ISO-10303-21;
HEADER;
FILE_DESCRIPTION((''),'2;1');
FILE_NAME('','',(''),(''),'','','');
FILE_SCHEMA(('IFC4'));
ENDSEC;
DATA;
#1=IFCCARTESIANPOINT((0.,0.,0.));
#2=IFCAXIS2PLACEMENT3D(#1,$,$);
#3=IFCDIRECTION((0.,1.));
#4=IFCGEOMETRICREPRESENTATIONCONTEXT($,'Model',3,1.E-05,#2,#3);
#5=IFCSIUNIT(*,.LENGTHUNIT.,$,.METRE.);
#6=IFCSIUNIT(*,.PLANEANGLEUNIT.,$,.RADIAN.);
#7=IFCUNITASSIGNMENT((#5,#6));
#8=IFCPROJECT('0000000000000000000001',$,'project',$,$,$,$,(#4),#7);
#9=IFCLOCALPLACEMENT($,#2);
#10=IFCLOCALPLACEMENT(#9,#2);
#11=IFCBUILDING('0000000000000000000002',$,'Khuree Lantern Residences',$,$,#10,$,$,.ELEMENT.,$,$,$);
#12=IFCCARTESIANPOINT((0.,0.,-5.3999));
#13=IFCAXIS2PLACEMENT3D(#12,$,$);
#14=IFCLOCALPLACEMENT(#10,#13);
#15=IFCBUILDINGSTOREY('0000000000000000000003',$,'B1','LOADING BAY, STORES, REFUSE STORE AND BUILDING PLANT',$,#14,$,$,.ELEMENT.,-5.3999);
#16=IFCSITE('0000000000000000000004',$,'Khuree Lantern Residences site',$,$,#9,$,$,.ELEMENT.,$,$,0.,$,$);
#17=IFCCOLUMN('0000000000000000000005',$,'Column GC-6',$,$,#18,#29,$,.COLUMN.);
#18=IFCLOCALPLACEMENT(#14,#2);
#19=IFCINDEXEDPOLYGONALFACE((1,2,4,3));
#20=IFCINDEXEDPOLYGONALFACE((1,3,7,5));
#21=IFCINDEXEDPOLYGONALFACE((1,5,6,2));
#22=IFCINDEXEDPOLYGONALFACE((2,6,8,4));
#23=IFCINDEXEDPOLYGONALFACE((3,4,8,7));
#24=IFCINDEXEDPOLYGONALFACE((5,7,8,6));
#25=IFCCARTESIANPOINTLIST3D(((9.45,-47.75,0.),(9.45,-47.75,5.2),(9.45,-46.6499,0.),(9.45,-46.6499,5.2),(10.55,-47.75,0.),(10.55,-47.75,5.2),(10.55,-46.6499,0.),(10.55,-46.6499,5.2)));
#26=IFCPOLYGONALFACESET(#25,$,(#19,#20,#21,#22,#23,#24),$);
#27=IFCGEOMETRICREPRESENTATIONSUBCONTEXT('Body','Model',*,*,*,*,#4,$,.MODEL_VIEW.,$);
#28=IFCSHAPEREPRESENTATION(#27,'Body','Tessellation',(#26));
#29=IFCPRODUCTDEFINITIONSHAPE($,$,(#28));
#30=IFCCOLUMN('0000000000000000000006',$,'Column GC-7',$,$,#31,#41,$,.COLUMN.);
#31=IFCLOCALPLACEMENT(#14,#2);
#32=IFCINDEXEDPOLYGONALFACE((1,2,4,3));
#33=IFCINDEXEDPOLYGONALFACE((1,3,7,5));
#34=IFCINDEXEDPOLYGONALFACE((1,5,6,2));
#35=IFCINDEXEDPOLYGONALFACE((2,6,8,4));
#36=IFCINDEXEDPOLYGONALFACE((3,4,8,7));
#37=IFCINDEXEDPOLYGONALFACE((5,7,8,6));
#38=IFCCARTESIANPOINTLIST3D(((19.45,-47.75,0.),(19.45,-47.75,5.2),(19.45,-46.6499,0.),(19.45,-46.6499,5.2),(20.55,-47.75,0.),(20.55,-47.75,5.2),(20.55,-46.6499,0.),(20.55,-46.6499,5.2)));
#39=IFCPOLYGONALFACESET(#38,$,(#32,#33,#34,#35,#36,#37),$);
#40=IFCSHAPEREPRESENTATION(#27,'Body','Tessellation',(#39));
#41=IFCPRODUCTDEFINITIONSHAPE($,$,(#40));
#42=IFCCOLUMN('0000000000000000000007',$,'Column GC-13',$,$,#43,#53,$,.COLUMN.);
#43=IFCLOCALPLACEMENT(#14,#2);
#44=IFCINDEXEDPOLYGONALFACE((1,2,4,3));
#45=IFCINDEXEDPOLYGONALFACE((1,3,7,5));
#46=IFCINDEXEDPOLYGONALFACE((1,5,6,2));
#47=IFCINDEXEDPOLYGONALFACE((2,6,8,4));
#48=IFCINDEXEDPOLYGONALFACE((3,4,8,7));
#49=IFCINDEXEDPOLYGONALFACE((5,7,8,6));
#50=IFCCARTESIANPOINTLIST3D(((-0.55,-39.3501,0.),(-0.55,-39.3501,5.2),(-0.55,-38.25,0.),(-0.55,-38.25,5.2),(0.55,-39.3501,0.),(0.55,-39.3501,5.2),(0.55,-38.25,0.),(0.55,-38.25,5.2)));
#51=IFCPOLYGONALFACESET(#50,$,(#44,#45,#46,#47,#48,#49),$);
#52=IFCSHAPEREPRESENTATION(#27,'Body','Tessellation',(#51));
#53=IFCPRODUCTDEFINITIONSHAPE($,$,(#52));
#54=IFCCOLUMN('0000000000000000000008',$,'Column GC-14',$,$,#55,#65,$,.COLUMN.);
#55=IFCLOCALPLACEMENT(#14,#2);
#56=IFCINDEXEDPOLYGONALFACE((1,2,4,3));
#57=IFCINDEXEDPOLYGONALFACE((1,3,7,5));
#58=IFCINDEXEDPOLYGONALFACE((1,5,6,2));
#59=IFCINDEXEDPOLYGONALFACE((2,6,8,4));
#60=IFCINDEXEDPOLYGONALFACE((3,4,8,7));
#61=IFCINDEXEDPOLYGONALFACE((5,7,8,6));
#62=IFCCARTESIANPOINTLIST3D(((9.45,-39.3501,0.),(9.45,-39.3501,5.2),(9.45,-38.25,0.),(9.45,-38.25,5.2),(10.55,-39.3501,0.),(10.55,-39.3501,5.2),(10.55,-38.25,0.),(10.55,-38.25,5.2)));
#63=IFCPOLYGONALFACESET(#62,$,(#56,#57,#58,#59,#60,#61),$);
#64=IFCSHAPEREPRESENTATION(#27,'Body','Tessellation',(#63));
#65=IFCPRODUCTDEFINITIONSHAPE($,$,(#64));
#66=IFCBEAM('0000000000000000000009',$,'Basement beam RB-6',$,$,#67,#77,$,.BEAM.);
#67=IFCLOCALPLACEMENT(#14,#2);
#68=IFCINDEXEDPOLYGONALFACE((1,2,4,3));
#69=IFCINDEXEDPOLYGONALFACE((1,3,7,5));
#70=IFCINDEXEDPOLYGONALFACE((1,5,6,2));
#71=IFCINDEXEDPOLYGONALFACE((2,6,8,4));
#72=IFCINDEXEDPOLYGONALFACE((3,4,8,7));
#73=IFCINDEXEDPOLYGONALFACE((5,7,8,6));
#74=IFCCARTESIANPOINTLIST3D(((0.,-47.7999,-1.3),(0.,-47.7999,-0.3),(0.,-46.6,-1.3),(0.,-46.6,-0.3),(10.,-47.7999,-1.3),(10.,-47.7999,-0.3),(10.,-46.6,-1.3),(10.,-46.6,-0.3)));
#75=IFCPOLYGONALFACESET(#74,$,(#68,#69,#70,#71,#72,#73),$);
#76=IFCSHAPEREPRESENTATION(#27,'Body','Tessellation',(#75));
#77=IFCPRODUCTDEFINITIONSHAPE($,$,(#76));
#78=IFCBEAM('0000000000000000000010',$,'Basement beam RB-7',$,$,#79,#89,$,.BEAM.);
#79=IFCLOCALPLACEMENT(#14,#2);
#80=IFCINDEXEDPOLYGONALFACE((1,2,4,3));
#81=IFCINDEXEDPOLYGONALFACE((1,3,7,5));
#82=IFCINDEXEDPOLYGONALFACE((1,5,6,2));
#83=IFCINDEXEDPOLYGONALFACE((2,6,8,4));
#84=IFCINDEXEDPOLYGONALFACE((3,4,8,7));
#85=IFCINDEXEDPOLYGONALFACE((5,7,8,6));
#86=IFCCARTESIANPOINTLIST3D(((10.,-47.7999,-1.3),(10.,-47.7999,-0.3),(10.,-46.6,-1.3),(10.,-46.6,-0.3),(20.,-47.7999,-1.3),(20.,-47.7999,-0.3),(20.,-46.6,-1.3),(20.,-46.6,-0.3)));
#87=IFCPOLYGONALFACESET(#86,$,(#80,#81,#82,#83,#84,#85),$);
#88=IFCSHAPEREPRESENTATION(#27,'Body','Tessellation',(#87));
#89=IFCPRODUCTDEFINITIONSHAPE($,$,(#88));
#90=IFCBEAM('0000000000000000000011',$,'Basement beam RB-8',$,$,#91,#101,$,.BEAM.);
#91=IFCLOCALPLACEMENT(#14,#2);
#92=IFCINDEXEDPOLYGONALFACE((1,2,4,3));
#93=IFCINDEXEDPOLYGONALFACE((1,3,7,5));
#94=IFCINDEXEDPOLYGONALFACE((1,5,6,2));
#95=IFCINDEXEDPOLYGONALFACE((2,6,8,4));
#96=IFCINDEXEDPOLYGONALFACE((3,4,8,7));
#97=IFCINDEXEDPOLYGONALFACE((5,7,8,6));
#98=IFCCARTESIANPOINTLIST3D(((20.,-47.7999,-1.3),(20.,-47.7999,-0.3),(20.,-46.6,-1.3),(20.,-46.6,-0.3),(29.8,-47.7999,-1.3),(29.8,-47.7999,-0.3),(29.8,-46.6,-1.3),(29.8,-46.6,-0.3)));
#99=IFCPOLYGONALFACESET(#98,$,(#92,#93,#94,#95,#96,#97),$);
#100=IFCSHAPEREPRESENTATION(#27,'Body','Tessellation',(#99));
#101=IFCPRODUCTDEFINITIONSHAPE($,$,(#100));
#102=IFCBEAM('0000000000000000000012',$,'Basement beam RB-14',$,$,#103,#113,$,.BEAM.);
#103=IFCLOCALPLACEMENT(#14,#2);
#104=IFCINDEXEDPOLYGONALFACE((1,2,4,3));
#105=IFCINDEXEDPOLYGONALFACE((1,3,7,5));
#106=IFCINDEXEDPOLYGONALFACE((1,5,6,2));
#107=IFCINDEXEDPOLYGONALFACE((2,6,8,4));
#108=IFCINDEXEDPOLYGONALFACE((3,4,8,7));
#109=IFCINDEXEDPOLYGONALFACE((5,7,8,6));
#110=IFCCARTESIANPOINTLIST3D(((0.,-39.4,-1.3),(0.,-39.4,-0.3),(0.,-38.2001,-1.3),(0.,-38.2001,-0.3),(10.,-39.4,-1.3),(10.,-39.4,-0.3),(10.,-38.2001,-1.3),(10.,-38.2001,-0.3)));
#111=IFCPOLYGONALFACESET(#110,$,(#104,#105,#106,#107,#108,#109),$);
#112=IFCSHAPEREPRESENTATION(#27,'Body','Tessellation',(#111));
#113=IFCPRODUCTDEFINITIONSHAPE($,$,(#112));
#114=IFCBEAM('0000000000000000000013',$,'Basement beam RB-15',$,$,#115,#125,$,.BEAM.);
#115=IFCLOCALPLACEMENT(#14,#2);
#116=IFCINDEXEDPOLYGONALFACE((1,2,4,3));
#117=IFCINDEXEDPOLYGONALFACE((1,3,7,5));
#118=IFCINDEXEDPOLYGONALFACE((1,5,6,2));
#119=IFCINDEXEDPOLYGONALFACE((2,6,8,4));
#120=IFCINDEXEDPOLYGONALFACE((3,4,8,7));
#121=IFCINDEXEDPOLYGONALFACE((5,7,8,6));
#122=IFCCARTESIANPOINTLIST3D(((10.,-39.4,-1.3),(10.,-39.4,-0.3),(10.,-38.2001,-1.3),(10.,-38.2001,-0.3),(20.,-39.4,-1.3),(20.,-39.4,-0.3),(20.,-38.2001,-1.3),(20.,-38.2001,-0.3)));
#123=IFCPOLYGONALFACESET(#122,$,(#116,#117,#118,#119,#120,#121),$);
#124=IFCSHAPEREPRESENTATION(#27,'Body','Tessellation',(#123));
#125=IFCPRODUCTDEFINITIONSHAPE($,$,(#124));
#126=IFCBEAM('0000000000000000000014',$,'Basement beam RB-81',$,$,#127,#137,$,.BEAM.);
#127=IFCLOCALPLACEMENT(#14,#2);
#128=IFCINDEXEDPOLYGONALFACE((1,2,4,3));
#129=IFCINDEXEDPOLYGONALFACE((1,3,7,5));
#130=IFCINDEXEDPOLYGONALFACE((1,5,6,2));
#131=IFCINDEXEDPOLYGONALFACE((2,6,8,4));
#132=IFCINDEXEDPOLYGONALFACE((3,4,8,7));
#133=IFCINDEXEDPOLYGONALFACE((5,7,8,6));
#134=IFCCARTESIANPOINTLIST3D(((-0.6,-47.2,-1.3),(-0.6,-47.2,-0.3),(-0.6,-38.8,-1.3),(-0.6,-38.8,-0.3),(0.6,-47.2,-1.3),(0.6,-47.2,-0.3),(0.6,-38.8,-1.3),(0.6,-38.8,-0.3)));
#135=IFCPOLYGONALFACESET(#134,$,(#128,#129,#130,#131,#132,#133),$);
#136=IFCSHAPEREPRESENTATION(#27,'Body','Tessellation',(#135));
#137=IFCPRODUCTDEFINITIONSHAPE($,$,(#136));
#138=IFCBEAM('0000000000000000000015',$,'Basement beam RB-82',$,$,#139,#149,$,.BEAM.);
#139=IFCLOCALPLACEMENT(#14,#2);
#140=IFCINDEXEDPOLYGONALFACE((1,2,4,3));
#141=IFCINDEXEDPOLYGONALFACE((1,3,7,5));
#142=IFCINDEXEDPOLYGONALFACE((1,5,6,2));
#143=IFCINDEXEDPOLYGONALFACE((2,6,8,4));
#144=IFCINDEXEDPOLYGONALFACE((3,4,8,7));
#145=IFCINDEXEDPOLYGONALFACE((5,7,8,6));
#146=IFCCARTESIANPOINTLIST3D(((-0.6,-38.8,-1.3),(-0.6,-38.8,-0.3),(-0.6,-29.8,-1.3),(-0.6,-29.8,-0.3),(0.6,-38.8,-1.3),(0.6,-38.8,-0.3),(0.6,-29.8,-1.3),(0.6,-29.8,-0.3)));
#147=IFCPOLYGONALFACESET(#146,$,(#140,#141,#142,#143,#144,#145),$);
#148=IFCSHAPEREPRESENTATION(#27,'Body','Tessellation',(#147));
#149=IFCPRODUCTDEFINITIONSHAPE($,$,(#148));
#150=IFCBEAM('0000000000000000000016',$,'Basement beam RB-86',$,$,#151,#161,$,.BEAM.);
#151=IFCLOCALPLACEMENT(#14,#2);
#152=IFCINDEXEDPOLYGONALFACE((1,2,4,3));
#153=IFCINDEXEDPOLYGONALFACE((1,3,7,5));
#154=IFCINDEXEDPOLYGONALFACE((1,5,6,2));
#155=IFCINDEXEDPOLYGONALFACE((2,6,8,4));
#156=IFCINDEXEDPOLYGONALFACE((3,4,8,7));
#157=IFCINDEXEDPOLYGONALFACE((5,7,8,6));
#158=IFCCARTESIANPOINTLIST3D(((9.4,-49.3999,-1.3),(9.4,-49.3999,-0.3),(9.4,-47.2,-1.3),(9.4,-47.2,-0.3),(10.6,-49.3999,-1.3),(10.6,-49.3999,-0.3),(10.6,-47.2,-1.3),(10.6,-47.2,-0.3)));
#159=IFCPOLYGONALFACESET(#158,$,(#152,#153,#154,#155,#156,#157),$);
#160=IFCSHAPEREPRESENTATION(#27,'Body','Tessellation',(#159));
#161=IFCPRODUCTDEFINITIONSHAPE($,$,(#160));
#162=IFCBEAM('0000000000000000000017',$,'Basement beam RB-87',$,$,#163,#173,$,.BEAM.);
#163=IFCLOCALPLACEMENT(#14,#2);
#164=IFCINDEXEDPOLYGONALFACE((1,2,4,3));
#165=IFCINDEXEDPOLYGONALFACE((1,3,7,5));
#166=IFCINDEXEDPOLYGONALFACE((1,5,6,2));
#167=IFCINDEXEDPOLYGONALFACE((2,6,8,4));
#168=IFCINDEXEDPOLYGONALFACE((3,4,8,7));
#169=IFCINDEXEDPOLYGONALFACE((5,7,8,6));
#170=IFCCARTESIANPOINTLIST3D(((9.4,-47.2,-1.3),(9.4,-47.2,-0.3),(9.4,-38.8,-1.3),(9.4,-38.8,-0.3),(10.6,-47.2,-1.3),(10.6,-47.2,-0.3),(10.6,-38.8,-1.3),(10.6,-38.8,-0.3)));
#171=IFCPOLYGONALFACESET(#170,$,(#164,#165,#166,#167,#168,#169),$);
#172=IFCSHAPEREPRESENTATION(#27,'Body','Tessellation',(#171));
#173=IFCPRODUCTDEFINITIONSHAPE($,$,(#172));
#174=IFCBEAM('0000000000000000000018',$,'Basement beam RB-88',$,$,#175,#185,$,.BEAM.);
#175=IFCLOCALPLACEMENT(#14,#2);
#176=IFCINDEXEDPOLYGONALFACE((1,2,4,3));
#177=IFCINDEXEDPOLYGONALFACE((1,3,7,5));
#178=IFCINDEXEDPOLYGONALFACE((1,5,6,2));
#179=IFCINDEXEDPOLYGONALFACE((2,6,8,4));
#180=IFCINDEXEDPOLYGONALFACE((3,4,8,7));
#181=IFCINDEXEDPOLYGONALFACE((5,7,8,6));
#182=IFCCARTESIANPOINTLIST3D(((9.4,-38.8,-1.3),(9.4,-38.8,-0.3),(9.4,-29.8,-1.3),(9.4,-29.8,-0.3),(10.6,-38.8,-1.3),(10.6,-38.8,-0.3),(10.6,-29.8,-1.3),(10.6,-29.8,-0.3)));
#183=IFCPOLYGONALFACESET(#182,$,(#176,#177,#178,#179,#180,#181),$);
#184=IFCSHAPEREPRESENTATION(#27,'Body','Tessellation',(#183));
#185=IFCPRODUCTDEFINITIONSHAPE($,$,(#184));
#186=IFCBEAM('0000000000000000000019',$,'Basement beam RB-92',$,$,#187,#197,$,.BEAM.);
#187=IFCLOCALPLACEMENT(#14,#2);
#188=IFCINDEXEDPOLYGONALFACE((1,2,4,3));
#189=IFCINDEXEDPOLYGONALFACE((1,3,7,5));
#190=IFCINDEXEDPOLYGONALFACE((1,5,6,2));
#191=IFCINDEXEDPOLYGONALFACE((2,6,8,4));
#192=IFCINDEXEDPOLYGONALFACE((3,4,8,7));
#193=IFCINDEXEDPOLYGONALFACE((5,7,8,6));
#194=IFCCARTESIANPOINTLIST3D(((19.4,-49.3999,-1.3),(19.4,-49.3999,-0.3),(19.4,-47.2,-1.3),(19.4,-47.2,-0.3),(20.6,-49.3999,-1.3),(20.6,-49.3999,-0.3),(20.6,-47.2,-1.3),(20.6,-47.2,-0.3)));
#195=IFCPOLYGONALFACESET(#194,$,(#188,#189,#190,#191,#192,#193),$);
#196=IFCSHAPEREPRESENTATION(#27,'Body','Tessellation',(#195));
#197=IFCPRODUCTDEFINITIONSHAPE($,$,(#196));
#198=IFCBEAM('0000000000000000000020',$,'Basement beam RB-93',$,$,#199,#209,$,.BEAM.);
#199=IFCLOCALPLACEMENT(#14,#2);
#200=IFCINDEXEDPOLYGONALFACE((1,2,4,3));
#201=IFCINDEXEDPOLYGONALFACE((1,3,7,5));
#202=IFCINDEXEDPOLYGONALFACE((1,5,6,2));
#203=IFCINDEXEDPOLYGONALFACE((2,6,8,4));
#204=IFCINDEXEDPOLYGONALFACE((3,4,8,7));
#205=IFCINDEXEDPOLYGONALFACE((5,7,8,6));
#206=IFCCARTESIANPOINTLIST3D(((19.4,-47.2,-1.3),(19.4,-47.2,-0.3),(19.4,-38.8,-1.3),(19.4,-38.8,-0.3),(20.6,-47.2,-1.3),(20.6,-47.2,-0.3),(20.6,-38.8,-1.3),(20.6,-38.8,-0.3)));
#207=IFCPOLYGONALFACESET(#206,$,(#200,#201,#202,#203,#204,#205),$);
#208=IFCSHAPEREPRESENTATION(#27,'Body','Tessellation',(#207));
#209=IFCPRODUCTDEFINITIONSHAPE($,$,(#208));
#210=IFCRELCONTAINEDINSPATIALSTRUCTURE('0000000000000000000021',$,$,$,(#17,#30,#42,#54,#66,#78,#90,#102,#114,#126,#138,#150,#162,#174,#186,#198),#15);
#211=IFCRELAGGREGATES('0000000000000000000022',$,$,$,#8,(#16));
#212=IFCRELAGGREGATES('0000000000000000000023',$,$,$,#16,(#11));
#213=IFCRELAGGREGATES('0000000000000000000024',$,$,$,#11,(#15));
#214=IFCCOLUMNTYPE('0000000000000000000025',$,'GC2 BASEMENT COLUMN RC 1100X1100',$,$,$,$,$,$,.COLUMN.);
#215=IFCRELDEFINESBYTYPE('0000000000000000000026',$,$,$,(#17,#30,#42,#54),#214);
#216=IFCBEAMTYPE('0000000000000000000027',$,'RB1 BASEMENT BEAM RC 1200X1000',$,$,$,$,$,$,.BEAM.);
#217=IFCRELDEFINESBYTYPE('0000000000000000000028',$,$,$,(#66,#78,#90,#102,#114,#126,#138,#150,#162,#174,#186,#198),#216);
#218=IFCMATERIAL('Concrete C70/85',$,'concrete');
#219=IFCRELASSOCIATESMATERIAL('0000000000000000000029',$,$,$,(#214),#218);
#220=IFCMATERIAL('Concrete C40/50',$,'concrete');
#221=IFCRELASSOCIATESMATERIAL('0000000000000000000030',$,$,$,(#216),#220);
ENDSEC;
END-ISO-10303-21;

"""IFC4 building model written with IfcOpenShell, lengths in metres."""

from ifc_helpers import new_model, si_unit, direction, frame, origin, origin_2d, place, context, subcontext, project, spatial, rectangle, extrude, material, material_profile, profile_set, type_object, element, save


model = new_model("IFC4")

# Units and contexts
model_context = context("Model", 3, precision=1e-05, world=origin(), true_north=direction((0.0, 1.0)))
body_context = subcontext(model_context, "Body", "Model", "MODEL_VIEW")
ifc_project = project(units=[si_unit("LENGTHUNIT", "METRE"), si_unit("PLANEANGLEUNIT", "RADIAN")], contexts=[model_context])

# Site, building, storey
site_placement = place(None, origin())
site = spatial("IfcSite", under=ifc_project, at=site_placement, Name="Khuree Lantern Residences site", CompositionType="ELEMENT", RefElevation=0.0)
building_placement = place(site_placement, origin())
building = spatial("IfcBuilding", under=site, at=building_placement, Name="Khuree Lantern Residences", CompositionType="ELEMENT")
storey_placement = place(building_placement, frame((0.0, 0.0, -5.3999)))
storey = spatial("IfcBuildingStorey", under=building, at=storey_placement, Name="B1", Description="LOADING BAY, STORES, REFUSE STORE AND BUILDING PLANT", CompositionType="ELEMENT", Elevation=-5.3999)

# Columns
ifc_material_1 = material(Name="Concrete C70/85", Category="concrete")
ifc_material_profile_1 = material_profile(ifc_material_1, rectangle(XDim=1.1001, YDim=1.1001, at=origin_2d()), Name="RC 1100X1100")
ifc_profile_set_1 = profile_set([ifc_material_profile_1], Name="Concrete C70/85")
column_type = type_object("IfcColumnType", Name="GC2 BASEMENT COLUMN RC 1100X1100", PredefinedType="COLUMN", material=ifc_profile_set_1)
for number, where, z_axis, x_axis, name in (
    (1, (10.0, -47.2, 0.0), (0.0, 0.0, 1.0), (1.0, 0.0, 0.0), "Column GC-6"),
    (2, (20.0, -47.2, 0.0), (0.0, 0.0, 1.0), (1.0, 0.0, 0.0), "Column GC-7"),
    (3, (0.0, -38.8, 0.0), (0.0, 0.0, 1.0), (1.0, 0.0, 0.0), "Column GC-13"),
    (4, (10.0, -38.8, 0.0), (0.0, 0.0, 1.0), (1.0, 0.0, 0.0), "Column GC-14"),
):
    element("IfcColumn", number, at=place(storey_placement, frame(where, z_axis=z_axis, x_axis=x_axis)), inside=storey, type_object=column_type, Name=name, PredefinedType="COLUMN", context=body_context, shape_type="SweptSolid", body=[
        extrude(rectangle(XDim=1.1001, YDim=1.1001, at=origin_2d()), origin(), (0.0, 0.0, 1.0), 5.2),
    ])

# Beams
ifc_material_2 = material(Name="Concrete C40/50", Category="concrete")
ifc_material_profile_2 = material_profile(ifc_material_2, rectangle(XDim=1.2, YDim=1.0, at=origin_2d()), Name="RC 1200X1000")
ifc_profile_set_2 = profile_set([ifc_material_profile_2], Name="Concrete C40/50")
beam_type_1 = type_object("IfcBeamType", Name="RB1 BASEMENT BEAM RC 1200X1000", PredefinedType="BEAM", material=ifc_profile_set_2)
for number, where, z_axis, x_axis, name in (
    (5, (0.0, -47.2, -0.8), (1.0, 0.0, 0.0), (0.0, 1.0, 0.0), "Basement beam RB-6"),
    (6, (10.0, -47.2, -0.8), (1.0, 0.0, 0.0), (0.0, 1.0, 0.0), "Basement beam RB-7"),
):
    element("IfcBeam", number, at=place(storey_placement, frame(where, z_axis=z_axis, x_axis=x_axis)), inside=storey, type_object=beam_type_1, Name=name, PredefinedType="BEAM", context=body_context, shape_type="SweptSolid", body=[
        extrude(rectangle(XDim=1.2, YDim=1.0, at=origin_2d()), origin(), (0.0, 0.0, 1.0), 10.0),
    ])
beam_1_placement = place(storey_placement, frame((20.0, -47.2, -0.8), z_axis=(1.0, 0.0, 0.0), x_axis=(0.0, 1.0, 0.0)))
element("IfcBeam", 7, at=beam_1_placement, inside=storey, type_object=beam_type_1, Name="Basement beam RB-8", PredefinedType="BEAM", context=body_context, shape_type="SweptSolid", body=[
    extrude(rectangle(XDim=1.2, YDim=1.0, at=origin_2d()), origin(), (0.0, 0.0, 1.0), 9.8),
])
for number, where, z_axis, x_axis, name in (
    (8, (0.0, -38.8, -0.8), (1.0, 0.0, 0.0), (0.0, 1.0, 0.0), "Basement beam RB-14"),
    (9, (10.0, -38.8, -0.8), (1.0, 0.0, 0.0), (0.0, 1.0, 0.0), "Basement beam RB-15"),
):
    element("IfcBeam", number, at=place(storey_placement, frame(where, z_axis=z_axis, x_axis=x_axis)), inside=storey, type_object=beam_type_1, Name=name, PredefinedType="BEAM", context=body_context, shape_type="SweptSolid", body=[
        extrude(rectangle(XDim=1.2, YDim=1.0, at=origin_2d()), origin(), (0.0, 0.0, 1.0), 10.0),
    ])
beam_2_placement = place(storey_placement, frame((0.0, -47.2, -0.8), z_axis=(0.0, 1.0, 0.0), x_axis=(-1.0, 0.0, 0.0)))
element("IfcBeam", 10, at=beam_2_placement, inside=storey, type_object=beam_type_1, Name="Basement beam RB-81", PredefinedType="BEAM", context=body_context, shape_type="SweptSolid", body=[
    extrude(rectangle(XDim=1.2, YDim=1.0, at=origin_2d()), origin(), (0.0, 0.0, 1.0), 8.3999),
])
beam_3_placement = place(storey_placement, frame((0.0, -38.8, -0.8), z_axis=(0.0, 1.0, 0.0), x_axis=(-1.0, 0.0, 0.0)))
element("IfcBeam", 11, at=beam_3_placement, inside=storey, type_object=beam_type_1, Name="Basement beam RB-82", PredefinedType="BEAM", context=body_context, shape_type="SweptSolid", body=[
    extrude(rectangle(XDim=1.2, YDim=1.0, at=origin_2d()), origin(), (0.0, 0.0, 1.0), 9.0),
])
beam_4_placement = place(storey_placement, frame((10.0, -49.3999, -0.8), z_axis=(0.0, 1.0, 0.0), x_axis=(-1.0, 0.0, 0.0)))
element("IfcBeam", 12, at=beam_4_placement, inside=storey, type_object=beam_type_1, Name="Basement beam RB-86", PredefinedType="BEAM", context=body_context, shape_type="SweptSolid", body=[
    extrude(rectangle(XDim=1.2, YDim=1.0, at=origin_2d()), origin(), (0.0, 0.0, 1.0), 2.2),
])
beam_5_placement = place(storey_placement, frame((10.0, -47.2, -0.8), z_axis=(0.0, 1.0, 0.0), x_axis=(-1.0, 0.0, 0.0)))
element("IfcBeam", 13, at=beam_5_placement, inside=storey, type_object=beam_type_1, Name="Basement beam RB-87", PredefinedType="BEAM", context=body_context, shape_type="SweptSolid", body=[
    extrude(rectangle(XDim=1.2, YDim=1.0, at=origin_2d()), origin(), (0.0, 0.0, 1.0), 8.3999),
])
beam_6_placement = place(storey_placement, frame((10.0, -38.8, -0.8), z_axis=(0.0, 1.0, 0.0), x_axis=(-1.0, 0.0, 0.0)))
element("IfcBeam", 14, at=beam_6_placement, inside=storey, type_object=beam_type_1, Name="Basement beam RB-88", PredefinedType="BEAM", context=body_context, shape_type="SweptSolid", body=[
    extrude(rectangle(XDim=1.2, YDim=1.0, at=origin_2d()), origin(), (0.0, 0.0, 1.0), 9.0),
])
beam_7_placement = place(storey_placement, frame((20.0, -49.3999, -0.8), z_axis=(0.0, 1.0, 0.0), x_axis=(-1.0, 0.0, 0.0)))
element("IfcBeam", 15, at=beam_7_placement, inside=storey, type_object=beam_type_1, Name="Basement beam RB-92", PredefinedType="BEAM", context=body_context, shape_type="SweptSolid", body=[
    extrude(rectangle(XDim=1.2, YDim=1.0, at=origin_2d()), origin(), (0.0, 0.0, 1.0), 2.2),
])
beam_8_placement = place(storey_placement, frame((20.0, -47.2, -0.8), z_axis=(0.0, 1.0, 0.0), x_axis=(-1.0, 0.0, 0.0)))
element("IfcBeam", 16, at=beam_8_placement, inside=storey, type_object=beam_type_1, Name="Basement beam RB-93", PredefinedType="BEAM", context=body_context, shape_type="SweptSolid", body=[
    extrude(rectangle(XDim=1.2, YDim=1.0, at=origin_2d()), origin(), (0.0, 0.0, 1.0), 8.3999),
])

save(model, "model.ifc")
